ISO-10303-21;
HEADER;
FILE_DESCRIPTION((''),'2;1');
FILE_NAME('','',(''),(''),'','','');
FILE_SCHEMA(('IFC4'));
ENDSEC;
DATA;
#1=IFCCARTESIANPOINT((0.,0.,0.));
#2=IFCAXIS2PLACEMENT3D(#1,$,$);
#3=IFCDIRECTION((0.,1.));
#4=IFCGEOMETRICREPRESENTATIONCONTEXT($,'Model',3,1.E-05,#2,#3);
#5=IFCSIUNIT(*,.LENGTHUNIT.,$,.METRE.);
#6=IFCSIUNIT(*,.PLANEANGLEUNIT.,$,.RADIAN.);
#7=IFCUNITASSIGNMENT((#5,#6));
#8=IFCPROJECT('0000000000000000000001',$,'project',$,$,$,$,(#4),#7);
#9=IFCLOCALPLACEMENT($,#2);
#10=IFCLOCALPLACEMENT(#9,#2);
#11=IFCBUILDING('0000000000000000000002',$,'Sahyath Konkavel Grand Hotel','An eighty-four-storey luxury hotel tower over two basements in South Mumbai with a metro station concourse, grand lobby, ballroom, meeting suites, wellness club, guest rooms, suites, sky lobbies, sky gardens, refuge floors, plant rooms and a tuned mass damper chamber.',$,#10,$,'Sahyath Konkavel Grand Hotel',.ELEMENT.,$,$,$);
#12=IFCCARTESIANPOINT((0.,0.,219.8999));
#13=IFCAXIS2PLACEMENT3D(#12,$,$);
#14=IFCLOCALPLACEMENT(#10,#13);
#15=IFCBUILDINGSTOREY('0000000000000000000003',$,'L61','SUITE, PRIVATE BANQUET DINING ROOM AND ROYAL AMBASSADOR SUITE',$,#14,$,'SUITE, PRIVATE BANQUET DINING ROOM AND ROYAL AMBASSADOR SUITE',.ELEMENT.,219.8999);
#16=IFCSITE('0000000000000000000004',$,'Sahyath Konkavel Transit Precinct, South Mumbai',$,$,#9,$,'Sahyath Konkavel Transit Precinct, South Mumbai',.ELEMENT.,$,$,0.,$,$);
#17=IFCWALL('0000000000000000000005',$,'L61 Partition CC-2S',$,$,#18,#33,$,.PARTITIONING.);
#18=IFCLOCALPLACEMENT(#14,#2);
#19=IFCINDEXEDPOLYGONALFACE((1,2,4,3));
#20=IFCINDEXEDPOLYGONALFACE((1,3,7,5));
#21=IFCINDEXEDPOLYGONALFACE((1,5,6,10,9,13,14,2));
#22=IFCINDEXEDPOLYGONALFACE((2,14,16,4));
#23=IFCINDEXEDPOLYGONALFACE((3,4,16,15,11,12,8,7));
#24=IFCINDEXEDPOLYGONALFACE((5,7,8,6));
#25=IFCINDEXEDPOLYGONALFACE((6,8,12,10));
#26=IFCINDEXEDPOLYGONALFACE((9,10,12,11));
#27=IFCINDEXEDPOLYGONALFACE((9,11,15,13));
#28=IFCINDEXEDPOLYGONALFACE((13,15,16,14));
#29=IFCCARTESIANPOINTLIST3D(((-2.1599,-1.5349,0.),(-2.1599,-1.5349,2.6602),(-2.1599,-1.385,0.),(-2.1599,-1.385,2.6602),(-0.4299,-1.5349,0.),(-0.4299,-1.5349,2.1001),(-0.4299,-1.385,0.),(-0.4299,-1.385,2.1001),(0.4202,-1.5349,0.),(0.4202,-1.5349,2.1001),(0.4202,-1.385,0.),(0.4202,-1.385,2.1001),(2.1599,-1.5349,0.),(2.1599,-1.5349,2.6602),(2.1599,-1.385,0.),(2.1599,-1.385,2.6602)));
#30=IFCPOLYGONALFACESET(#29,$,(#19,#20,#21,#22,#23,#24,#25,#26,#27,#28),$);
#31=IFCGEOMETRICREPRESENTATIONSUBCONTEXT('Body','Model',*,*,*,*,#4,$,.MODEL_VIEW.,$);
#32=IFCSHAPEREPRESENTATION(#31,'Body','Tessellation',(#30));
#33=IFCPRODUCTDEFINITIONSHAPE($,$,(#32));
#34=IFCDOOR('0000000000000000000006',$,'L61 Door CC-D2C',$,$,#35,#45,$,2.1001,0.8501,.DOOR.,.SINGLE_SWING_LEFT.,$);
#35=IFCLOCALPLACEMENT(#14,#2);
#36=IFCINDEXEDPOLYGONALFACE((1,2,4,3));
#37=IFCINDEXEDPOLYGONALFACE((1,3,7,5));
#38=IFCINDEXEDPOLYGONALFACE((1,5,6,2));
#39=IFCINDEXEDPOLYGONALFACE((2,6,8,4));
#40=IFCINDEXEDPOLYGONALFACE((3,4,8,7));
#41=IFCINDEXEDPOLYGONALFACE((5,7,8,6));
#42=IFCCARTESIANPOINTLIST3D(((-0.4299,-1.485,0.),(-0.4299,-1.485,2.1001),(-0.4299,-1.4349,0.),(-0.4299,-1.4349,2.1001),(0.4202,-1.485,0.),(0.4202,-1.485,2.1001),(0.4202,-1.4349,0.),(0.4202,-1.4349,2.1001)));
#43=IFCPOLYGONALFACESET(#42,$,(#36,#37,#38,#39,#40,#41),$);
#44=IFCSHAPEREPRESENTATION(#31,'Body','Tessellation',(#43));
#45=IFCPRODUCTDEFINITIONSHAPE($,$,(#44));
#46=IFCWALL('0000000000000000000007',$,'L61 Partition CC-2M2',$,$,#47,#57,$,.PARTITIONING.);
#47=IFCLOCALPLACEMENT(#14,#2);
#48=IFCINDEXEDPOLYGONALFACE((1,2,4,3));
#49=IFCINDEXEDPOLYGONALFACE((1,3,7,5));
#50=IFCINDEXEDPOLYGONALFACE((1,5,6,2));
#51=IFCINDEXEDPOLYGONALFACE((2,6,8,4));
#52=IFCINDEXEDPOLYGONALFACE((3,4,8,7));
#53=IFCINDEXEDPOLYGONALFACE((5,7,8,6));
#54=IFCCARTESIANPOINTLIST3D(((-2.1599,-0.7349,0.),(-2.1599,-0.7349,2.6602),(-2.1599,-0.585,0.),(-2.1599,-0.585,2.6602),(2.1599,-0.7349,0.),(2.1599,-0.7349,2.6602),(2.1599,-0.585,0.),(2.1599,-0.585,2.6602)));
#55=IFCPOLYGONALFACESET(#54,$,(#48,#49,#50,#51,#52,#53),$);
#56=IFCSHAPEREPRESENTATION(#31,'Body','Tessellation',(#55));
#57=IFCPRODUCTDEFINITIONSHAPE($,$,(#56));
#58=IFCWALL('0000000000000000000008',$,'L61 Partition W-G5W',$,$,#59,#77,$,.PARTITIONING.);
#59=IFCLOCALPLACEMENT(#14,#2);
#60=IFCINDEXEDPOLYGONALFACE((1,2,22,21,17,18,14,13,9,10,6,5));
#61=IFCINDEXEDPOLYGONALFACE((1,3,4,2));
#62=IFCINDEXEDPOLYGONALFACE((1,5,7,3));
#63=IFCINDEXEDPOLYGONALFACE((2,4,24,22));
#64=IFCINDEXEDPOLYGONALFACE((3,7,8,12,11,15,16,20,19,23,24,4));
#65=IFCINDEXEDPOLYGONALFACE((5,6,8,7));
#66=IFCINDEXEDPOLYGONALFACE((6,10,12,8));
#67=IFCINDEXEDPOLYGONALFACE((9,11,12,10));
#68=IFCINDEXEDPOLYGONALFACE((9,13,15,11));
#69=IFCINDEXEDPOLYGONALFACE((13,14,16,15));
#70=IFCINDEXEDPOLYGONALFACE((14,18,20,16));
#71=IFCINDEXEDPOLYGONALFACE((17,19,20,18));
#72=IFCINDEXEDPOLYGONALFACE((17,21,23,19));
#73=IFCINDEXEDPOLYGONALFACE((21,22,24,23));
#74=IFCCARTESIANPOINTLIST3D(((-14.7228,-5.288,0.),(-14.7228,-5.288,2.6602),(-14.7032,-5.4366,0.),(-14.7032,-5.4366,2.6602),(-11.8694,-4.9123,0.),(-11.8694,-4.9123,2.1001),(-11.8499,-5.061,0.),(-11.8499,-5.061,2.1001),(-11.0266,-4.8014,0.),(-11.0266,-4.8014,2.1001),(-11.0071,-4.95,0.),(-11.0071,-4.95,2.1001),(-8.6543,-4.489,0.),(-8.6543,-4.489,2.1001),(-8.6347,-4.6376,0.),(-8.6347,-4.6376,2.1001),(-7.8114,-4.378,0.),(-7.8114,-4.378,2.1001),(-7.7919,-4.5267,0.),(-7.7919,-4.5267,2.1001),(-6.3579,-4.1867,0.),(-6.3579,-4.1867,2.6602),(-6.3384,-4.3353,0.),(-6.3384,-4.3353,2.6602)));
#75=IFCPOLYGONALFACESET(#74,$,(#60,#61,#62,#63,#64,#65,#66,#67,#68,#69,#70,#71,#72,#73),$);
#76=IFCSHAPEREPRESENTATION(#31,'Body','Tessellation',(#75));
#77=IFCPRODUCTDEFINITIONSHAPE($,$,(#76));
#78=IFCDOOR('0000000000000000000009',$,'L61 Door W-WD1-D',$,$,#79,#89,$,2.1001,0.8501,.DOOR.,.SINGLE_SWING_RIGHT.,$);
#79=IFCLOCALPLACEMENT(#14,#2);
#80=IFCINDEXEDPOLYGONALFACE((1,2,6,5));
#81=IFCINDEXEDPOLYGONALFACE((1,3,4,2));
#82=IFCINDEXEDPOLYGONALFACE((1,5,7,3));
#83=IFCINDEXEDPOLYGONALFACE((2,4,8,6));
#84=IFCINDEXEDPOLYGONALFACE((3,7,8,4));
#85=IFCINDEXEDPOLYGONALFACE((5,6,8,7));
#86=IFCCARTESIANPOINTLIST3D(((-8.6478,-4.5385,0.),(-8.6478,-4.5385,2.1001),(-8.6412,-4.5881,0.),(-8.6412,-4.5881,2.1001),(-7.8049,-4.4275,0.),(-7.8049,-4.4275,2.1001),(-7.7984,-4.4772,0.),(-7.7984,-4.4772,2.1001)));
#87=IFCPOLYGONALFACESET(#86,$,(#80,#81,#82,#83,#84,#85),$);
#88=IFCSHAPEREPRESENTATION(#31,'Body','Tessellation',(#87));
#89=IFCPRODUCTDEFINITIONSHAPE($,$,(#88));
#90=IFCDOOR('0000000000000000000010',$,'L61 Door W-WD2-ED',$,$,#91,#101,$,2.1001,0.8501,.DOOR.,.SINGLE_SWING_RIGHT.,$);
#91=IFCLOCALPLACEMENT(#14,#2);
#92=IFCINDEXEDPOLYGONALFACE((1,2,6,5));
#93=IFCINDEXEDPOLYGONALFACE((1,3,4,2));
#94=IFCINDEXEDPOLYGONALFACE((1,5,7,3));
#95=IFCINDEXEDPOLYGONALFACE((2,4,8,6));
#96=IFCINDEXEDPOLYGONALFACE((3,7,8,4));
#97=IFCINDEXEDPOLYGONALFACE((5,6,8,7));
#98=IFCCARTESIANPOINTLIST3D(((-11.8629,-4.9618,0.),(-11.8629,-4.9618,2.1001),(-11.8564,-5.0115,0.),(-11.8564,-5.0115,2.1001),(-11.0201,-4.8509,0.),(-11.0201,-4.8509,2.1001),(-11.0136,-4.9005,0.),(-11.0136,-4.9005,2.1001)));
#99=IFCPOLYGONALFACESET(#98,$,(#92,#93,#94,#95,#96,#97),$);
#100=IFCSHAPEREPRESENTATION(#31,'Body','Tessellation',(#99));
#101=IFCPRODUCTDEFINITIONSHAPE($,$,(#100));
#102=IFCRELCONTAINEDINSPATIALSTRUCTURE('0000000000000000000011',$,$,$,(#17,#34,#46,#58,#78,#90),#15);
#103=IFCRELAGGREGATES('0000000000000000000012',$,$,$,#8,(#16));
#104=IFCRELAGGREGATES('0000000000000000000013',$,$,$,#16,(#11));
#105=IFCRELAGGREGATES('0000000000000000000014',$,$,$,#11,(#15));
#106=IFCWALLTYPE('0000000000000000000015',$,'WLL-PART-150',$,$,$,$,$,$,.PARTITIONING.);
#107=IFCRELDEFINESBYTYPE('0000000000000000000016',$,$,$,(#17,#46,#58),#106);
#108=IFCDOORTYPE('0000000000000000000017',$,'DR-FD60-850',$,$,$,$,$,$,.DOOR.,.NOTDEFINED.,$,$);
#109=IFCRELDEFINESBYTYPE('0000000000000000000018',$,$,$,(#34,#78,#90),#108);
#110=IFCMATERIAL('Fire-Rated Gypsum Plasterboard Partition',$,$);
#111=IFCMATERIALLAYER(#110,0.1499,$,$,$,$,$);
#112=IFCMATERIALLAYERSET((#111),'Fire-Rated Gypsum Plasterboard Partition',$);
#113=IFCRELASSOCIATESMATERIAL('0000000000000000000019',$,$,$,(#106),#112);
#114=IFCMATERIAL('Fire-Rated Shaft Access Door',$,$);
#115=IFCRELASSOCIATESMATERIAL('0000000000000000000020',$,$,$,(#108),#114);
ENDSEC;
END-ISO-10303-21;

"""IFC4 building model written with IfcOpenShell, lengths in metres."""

from ifc_helpers import new_model, si_unit, direction, frame, frame_2d, origin, origin_2d, place, context, subcontext, project, spatial, rectangle, extrude, source, transform, mapped, material, layer, layer_set, type_object, element, fill, save


model = new_model("IFC4")

# Units and contexts
model_context = context("Model", 3, precision=1e-05, world=origin(), true_north=direction((0.0, 1.0)))
body_context = subcontext(model_context, "Body", "Model", "MODEL_VIEW")
ifc_project = project(units=[si_unit("LENGTHUNIT", "METRE"), si_unit("PLANEANGLEUNIT", "RADIAN")], contexts=[model_context])

# Site, building, storey
site_placement = place(None, origin())
site = spatial("IfcSite", under=ifc_project, at=site_placement, Name="Sahyath Konkavel Transit Precinct, South Mumbai", LongName="Sahyath Konkavel Transit Precinct, South Mumbai", CompositionType="ELEMENT", RefElevation=0.0)
building_placement = place(site_placement, origin())
building = spatial("IfcBuilding", under=site, at=building_placement, Name="Sahyath Konkavel Grand Hotel", Description="An eighty-four-storey luxury hotel tower over two basements in South Mumbai with a metro station concourse, grand lobby, ballroom, meeting suites, wellness club, guest rooms, suites, sky lobbies, sky gardens, refuge floors, plant rooms and a tuned mass damper chamber.", LongName="Sahyath Konkavel Grand Hotel", CompositionType="ELEMENT")
storey_placement = place(building_placement, frame((0.0, 0.0, 219.8999)))
storey = spatial("IfcBuildingStorey", under=building, at=storey_placement, Name="L61", Description="SUITE, PRIVATE BANQUET DINING ROOM AND ROYAL AMBASSADOR SUITE", LongName="SUITE, PRIVATE BANQUET DINING ROOM AND ROYAL AMBASSADOR SUITE", CompositionType="ELEMENT", Elevation=219.8999)

# Shared definitions
ifc_material_1 = material(Name="Fire-Rated Gypsum Plasterboard Partition")
ifc_layer_1 = layer(ifc_material_1, 0.1499)
ifc_layer_set_1 = layer_set([ifc_layer_1], Name="Fire-Rated Gypsum Plasterboard Partition")
wall_type_1 = type_object("IfcWallType", Name="WLL-PART-150", PredefinedType="PARTITIONING", material=ifc_layer_set_1)

# Wall, opening, door
wall_1_placement = place(storey_placement, frame((-2.1599, -1.46, 0.0), z_axis=(0.0, 0.0, 1.0), x_axis=(1.0, 0.0, 0.0)))
wall_1 = element("IfcWall", 1, at=wall_1_placement, inside=storey, type_object=wall_type_1, Name="L61 Partition CC-2S", PredefinedType="PARTITIONING", context=body_context, shape_type="SweptSolid", body=[
    extrude(rectangle(XDim=4.3198, YDim=0.1499, at=frame_2d((2.1599, 0.0))), origin(), (0.0, 0.0, 1.0), 2.6602),
])
opening_1_placement = place(wall_1_placement, frame((1.73, 0.0, 0.0)))
opening_1 = element("IfcOpeningElement", 2, at=opening_1_placement, cuts=wall_1, PredefinedType="OPENING", context=body_context, shape_type="SweptSolid", body=[
    extrude(rectangle(XDim=0.8501, YDim=2.1001, at=frame_2d((0.425, 1.05))), frame((0.0, 0.085, 0.0), z_axis=(0.0, -1.0, 0.0), x_axis=(1.0, 0.0, 0.0)), (0.0, 0.0, 1.0), 0.1699),
])
ifc_material_2 = material(Name="Fire-Rated Shaft Access Door")
door_type_1 = type_object("IfcDoorType", Name="DR-FD60-850", OperationType="NOTDEFINED", PredefinedType="DOOR", material=ifc_material_2)
shared_shape_1 = source(origin(), body_context, "Body", "SweptSolid", [
    extrude(rectangle(XDim=0.8501, YDim=0.05, at=origin_2d()), origin(), (0.0, 0.0, 1.0), 2.1001),
])
door_1_placement = place(opening_1_placement, frame((0.425, 0.0, 0.0)))
door_1 = element("IfcDoor", 3, at=door_1_placement, inside=storey, type_object=door_type_1, Name="L61 Door CC-D2C", OperationType="SINGLE_SWING_LEFT", OverallHeight=2.1001, OverallWidth=0.8501, PredefinedType="DOOR", context=body_context, shape_type="MappedRepresentation", body=[
    mapped(shared_shape_1, transform((0.0, 0.0, 0.0), scale=1.0)),
])
fill(opening_1, door_1)

# Wall
wall_2_placement = place(storey_placement, frame((-2.1599, -0.6599, 0.0), z_axis=(0.0, 0.0, 1.0), x_axis=(1.0, 0.0, 0.0)))
element("IfcWall", 4, at=wall_2_placement, inside=storey, type_object=wall_type_1, Name="L61 Partition CC-2M2", PredefinedType="PARTITIONING", context=body_context, shape_type="SweptSolid", body=[
    extrude(rectangle(XDim=4.3198, YDim=0.1499, at=frame_2d((2.1599, 0.0))), origin(), (0.0, 0.0, 1.0), 2.6602),
])

# Wall, openings, doors
wall_3_placement = place(storey_placement, frame((-6.3481, -4.261, 0.0), z_axis=(0.0, 0.0, 1.0), x_axis=(-0.991444, -0.130535, 0.0)))
wall_3 = element("IfcWall", 5, at=wall_3_placement, inside=storey, type_object=wall_type_1, Name="L61 Partition W-G5W", PredefinedType="PARTITIONING", context=body_context, shape_type="SweptSolid", body=[
    extrude(rectangle(XDim=8.437, YDim=0.1499, at=frame_2d((4.2185, 0.0))), origin(), (0.0, 0.0, 1.0), 2.6602),
])
opening_2_placement = place(wall_3_placement, frame((1.4661, 0.0, 0.0)))
opening_2 = element("IfcOpeningElement", 6, at=opening_2_placement, cuts=wall_3, PredefinedType="OPENING", context=body_context, shape_type="SweptSolid", body=[
    extrude(rectangle(XDim=0.8501, YDim=2.1001, at=frame_2d((0.425, 1.05))), frame((0.0, 0.085, 0.0), z_axis=(0.0, -1.0, 0.0), x_axis=(1.0, 0.0, 0.0)), (0.0, 0.0, 1.0), 0.1699),
])
opening_3_placement = place(wall_3_placement, frame((4.709, 0.0, 0.0)))
opening_3 = element("IfcOpeningElement", 7, at=opening_3_placement, cuts=wall_3, PredefinedType="OPENING", context=body_context, shape_type="SweptSolid", body=[
    extrude(rectangle(XDim=0.8501, YDim=2.1001, at=frame_2d((0.425, 1.05))), frame((0.0, 0.085, 0.0), z_axis=(0.0, -1.0, 0.0), x_axis=(1.0, 0.0, 0.0)), (0.0, 0.0, 1.0), 0.1699),
])
door_2_placement = place(opening_2_placement, frame((0.425, 0.0, 0.0)))
door_2 = element("IfcDoor", 8, at=door_2_placement, inside=storey, type_object=door_type_1, Name="L61 Door W-WD1-D", OperationType="SINGLE_SWING_RIGHT", OverallHeight=2.1001, OverallWidth=0.8501, PredefinedType="DOOR", context=body_context, shape_type="MappedRepresentation", body=[
    mapped(shared_shape_1, transform((0.0, 0.0, 0.0), scale=1.0)),
])
fill(opening_2, door_2)
door_3_placement = place(opening_3_placement, frame((0.425, 0.0, 0.0)))
door_3 = element("IfcDoor", 9, at=door_3_placement, inside=storey, type_object=door_type_1, Name="L61 Door W-WD2-ED", OperationType="SINGLE_SWING_RIGHT", OverallHeight=2.1001, OverallWidth=0.8501, PredefinedType="DOOR", context=body_context, shape_type="MappedRepresentation", body=[
    mapped(shared_shape_1, transform((0.0, 0.0, 0.0), scale=1.0)),
])
fill(opening_3, door_3)

save(model, "model.ifc")
